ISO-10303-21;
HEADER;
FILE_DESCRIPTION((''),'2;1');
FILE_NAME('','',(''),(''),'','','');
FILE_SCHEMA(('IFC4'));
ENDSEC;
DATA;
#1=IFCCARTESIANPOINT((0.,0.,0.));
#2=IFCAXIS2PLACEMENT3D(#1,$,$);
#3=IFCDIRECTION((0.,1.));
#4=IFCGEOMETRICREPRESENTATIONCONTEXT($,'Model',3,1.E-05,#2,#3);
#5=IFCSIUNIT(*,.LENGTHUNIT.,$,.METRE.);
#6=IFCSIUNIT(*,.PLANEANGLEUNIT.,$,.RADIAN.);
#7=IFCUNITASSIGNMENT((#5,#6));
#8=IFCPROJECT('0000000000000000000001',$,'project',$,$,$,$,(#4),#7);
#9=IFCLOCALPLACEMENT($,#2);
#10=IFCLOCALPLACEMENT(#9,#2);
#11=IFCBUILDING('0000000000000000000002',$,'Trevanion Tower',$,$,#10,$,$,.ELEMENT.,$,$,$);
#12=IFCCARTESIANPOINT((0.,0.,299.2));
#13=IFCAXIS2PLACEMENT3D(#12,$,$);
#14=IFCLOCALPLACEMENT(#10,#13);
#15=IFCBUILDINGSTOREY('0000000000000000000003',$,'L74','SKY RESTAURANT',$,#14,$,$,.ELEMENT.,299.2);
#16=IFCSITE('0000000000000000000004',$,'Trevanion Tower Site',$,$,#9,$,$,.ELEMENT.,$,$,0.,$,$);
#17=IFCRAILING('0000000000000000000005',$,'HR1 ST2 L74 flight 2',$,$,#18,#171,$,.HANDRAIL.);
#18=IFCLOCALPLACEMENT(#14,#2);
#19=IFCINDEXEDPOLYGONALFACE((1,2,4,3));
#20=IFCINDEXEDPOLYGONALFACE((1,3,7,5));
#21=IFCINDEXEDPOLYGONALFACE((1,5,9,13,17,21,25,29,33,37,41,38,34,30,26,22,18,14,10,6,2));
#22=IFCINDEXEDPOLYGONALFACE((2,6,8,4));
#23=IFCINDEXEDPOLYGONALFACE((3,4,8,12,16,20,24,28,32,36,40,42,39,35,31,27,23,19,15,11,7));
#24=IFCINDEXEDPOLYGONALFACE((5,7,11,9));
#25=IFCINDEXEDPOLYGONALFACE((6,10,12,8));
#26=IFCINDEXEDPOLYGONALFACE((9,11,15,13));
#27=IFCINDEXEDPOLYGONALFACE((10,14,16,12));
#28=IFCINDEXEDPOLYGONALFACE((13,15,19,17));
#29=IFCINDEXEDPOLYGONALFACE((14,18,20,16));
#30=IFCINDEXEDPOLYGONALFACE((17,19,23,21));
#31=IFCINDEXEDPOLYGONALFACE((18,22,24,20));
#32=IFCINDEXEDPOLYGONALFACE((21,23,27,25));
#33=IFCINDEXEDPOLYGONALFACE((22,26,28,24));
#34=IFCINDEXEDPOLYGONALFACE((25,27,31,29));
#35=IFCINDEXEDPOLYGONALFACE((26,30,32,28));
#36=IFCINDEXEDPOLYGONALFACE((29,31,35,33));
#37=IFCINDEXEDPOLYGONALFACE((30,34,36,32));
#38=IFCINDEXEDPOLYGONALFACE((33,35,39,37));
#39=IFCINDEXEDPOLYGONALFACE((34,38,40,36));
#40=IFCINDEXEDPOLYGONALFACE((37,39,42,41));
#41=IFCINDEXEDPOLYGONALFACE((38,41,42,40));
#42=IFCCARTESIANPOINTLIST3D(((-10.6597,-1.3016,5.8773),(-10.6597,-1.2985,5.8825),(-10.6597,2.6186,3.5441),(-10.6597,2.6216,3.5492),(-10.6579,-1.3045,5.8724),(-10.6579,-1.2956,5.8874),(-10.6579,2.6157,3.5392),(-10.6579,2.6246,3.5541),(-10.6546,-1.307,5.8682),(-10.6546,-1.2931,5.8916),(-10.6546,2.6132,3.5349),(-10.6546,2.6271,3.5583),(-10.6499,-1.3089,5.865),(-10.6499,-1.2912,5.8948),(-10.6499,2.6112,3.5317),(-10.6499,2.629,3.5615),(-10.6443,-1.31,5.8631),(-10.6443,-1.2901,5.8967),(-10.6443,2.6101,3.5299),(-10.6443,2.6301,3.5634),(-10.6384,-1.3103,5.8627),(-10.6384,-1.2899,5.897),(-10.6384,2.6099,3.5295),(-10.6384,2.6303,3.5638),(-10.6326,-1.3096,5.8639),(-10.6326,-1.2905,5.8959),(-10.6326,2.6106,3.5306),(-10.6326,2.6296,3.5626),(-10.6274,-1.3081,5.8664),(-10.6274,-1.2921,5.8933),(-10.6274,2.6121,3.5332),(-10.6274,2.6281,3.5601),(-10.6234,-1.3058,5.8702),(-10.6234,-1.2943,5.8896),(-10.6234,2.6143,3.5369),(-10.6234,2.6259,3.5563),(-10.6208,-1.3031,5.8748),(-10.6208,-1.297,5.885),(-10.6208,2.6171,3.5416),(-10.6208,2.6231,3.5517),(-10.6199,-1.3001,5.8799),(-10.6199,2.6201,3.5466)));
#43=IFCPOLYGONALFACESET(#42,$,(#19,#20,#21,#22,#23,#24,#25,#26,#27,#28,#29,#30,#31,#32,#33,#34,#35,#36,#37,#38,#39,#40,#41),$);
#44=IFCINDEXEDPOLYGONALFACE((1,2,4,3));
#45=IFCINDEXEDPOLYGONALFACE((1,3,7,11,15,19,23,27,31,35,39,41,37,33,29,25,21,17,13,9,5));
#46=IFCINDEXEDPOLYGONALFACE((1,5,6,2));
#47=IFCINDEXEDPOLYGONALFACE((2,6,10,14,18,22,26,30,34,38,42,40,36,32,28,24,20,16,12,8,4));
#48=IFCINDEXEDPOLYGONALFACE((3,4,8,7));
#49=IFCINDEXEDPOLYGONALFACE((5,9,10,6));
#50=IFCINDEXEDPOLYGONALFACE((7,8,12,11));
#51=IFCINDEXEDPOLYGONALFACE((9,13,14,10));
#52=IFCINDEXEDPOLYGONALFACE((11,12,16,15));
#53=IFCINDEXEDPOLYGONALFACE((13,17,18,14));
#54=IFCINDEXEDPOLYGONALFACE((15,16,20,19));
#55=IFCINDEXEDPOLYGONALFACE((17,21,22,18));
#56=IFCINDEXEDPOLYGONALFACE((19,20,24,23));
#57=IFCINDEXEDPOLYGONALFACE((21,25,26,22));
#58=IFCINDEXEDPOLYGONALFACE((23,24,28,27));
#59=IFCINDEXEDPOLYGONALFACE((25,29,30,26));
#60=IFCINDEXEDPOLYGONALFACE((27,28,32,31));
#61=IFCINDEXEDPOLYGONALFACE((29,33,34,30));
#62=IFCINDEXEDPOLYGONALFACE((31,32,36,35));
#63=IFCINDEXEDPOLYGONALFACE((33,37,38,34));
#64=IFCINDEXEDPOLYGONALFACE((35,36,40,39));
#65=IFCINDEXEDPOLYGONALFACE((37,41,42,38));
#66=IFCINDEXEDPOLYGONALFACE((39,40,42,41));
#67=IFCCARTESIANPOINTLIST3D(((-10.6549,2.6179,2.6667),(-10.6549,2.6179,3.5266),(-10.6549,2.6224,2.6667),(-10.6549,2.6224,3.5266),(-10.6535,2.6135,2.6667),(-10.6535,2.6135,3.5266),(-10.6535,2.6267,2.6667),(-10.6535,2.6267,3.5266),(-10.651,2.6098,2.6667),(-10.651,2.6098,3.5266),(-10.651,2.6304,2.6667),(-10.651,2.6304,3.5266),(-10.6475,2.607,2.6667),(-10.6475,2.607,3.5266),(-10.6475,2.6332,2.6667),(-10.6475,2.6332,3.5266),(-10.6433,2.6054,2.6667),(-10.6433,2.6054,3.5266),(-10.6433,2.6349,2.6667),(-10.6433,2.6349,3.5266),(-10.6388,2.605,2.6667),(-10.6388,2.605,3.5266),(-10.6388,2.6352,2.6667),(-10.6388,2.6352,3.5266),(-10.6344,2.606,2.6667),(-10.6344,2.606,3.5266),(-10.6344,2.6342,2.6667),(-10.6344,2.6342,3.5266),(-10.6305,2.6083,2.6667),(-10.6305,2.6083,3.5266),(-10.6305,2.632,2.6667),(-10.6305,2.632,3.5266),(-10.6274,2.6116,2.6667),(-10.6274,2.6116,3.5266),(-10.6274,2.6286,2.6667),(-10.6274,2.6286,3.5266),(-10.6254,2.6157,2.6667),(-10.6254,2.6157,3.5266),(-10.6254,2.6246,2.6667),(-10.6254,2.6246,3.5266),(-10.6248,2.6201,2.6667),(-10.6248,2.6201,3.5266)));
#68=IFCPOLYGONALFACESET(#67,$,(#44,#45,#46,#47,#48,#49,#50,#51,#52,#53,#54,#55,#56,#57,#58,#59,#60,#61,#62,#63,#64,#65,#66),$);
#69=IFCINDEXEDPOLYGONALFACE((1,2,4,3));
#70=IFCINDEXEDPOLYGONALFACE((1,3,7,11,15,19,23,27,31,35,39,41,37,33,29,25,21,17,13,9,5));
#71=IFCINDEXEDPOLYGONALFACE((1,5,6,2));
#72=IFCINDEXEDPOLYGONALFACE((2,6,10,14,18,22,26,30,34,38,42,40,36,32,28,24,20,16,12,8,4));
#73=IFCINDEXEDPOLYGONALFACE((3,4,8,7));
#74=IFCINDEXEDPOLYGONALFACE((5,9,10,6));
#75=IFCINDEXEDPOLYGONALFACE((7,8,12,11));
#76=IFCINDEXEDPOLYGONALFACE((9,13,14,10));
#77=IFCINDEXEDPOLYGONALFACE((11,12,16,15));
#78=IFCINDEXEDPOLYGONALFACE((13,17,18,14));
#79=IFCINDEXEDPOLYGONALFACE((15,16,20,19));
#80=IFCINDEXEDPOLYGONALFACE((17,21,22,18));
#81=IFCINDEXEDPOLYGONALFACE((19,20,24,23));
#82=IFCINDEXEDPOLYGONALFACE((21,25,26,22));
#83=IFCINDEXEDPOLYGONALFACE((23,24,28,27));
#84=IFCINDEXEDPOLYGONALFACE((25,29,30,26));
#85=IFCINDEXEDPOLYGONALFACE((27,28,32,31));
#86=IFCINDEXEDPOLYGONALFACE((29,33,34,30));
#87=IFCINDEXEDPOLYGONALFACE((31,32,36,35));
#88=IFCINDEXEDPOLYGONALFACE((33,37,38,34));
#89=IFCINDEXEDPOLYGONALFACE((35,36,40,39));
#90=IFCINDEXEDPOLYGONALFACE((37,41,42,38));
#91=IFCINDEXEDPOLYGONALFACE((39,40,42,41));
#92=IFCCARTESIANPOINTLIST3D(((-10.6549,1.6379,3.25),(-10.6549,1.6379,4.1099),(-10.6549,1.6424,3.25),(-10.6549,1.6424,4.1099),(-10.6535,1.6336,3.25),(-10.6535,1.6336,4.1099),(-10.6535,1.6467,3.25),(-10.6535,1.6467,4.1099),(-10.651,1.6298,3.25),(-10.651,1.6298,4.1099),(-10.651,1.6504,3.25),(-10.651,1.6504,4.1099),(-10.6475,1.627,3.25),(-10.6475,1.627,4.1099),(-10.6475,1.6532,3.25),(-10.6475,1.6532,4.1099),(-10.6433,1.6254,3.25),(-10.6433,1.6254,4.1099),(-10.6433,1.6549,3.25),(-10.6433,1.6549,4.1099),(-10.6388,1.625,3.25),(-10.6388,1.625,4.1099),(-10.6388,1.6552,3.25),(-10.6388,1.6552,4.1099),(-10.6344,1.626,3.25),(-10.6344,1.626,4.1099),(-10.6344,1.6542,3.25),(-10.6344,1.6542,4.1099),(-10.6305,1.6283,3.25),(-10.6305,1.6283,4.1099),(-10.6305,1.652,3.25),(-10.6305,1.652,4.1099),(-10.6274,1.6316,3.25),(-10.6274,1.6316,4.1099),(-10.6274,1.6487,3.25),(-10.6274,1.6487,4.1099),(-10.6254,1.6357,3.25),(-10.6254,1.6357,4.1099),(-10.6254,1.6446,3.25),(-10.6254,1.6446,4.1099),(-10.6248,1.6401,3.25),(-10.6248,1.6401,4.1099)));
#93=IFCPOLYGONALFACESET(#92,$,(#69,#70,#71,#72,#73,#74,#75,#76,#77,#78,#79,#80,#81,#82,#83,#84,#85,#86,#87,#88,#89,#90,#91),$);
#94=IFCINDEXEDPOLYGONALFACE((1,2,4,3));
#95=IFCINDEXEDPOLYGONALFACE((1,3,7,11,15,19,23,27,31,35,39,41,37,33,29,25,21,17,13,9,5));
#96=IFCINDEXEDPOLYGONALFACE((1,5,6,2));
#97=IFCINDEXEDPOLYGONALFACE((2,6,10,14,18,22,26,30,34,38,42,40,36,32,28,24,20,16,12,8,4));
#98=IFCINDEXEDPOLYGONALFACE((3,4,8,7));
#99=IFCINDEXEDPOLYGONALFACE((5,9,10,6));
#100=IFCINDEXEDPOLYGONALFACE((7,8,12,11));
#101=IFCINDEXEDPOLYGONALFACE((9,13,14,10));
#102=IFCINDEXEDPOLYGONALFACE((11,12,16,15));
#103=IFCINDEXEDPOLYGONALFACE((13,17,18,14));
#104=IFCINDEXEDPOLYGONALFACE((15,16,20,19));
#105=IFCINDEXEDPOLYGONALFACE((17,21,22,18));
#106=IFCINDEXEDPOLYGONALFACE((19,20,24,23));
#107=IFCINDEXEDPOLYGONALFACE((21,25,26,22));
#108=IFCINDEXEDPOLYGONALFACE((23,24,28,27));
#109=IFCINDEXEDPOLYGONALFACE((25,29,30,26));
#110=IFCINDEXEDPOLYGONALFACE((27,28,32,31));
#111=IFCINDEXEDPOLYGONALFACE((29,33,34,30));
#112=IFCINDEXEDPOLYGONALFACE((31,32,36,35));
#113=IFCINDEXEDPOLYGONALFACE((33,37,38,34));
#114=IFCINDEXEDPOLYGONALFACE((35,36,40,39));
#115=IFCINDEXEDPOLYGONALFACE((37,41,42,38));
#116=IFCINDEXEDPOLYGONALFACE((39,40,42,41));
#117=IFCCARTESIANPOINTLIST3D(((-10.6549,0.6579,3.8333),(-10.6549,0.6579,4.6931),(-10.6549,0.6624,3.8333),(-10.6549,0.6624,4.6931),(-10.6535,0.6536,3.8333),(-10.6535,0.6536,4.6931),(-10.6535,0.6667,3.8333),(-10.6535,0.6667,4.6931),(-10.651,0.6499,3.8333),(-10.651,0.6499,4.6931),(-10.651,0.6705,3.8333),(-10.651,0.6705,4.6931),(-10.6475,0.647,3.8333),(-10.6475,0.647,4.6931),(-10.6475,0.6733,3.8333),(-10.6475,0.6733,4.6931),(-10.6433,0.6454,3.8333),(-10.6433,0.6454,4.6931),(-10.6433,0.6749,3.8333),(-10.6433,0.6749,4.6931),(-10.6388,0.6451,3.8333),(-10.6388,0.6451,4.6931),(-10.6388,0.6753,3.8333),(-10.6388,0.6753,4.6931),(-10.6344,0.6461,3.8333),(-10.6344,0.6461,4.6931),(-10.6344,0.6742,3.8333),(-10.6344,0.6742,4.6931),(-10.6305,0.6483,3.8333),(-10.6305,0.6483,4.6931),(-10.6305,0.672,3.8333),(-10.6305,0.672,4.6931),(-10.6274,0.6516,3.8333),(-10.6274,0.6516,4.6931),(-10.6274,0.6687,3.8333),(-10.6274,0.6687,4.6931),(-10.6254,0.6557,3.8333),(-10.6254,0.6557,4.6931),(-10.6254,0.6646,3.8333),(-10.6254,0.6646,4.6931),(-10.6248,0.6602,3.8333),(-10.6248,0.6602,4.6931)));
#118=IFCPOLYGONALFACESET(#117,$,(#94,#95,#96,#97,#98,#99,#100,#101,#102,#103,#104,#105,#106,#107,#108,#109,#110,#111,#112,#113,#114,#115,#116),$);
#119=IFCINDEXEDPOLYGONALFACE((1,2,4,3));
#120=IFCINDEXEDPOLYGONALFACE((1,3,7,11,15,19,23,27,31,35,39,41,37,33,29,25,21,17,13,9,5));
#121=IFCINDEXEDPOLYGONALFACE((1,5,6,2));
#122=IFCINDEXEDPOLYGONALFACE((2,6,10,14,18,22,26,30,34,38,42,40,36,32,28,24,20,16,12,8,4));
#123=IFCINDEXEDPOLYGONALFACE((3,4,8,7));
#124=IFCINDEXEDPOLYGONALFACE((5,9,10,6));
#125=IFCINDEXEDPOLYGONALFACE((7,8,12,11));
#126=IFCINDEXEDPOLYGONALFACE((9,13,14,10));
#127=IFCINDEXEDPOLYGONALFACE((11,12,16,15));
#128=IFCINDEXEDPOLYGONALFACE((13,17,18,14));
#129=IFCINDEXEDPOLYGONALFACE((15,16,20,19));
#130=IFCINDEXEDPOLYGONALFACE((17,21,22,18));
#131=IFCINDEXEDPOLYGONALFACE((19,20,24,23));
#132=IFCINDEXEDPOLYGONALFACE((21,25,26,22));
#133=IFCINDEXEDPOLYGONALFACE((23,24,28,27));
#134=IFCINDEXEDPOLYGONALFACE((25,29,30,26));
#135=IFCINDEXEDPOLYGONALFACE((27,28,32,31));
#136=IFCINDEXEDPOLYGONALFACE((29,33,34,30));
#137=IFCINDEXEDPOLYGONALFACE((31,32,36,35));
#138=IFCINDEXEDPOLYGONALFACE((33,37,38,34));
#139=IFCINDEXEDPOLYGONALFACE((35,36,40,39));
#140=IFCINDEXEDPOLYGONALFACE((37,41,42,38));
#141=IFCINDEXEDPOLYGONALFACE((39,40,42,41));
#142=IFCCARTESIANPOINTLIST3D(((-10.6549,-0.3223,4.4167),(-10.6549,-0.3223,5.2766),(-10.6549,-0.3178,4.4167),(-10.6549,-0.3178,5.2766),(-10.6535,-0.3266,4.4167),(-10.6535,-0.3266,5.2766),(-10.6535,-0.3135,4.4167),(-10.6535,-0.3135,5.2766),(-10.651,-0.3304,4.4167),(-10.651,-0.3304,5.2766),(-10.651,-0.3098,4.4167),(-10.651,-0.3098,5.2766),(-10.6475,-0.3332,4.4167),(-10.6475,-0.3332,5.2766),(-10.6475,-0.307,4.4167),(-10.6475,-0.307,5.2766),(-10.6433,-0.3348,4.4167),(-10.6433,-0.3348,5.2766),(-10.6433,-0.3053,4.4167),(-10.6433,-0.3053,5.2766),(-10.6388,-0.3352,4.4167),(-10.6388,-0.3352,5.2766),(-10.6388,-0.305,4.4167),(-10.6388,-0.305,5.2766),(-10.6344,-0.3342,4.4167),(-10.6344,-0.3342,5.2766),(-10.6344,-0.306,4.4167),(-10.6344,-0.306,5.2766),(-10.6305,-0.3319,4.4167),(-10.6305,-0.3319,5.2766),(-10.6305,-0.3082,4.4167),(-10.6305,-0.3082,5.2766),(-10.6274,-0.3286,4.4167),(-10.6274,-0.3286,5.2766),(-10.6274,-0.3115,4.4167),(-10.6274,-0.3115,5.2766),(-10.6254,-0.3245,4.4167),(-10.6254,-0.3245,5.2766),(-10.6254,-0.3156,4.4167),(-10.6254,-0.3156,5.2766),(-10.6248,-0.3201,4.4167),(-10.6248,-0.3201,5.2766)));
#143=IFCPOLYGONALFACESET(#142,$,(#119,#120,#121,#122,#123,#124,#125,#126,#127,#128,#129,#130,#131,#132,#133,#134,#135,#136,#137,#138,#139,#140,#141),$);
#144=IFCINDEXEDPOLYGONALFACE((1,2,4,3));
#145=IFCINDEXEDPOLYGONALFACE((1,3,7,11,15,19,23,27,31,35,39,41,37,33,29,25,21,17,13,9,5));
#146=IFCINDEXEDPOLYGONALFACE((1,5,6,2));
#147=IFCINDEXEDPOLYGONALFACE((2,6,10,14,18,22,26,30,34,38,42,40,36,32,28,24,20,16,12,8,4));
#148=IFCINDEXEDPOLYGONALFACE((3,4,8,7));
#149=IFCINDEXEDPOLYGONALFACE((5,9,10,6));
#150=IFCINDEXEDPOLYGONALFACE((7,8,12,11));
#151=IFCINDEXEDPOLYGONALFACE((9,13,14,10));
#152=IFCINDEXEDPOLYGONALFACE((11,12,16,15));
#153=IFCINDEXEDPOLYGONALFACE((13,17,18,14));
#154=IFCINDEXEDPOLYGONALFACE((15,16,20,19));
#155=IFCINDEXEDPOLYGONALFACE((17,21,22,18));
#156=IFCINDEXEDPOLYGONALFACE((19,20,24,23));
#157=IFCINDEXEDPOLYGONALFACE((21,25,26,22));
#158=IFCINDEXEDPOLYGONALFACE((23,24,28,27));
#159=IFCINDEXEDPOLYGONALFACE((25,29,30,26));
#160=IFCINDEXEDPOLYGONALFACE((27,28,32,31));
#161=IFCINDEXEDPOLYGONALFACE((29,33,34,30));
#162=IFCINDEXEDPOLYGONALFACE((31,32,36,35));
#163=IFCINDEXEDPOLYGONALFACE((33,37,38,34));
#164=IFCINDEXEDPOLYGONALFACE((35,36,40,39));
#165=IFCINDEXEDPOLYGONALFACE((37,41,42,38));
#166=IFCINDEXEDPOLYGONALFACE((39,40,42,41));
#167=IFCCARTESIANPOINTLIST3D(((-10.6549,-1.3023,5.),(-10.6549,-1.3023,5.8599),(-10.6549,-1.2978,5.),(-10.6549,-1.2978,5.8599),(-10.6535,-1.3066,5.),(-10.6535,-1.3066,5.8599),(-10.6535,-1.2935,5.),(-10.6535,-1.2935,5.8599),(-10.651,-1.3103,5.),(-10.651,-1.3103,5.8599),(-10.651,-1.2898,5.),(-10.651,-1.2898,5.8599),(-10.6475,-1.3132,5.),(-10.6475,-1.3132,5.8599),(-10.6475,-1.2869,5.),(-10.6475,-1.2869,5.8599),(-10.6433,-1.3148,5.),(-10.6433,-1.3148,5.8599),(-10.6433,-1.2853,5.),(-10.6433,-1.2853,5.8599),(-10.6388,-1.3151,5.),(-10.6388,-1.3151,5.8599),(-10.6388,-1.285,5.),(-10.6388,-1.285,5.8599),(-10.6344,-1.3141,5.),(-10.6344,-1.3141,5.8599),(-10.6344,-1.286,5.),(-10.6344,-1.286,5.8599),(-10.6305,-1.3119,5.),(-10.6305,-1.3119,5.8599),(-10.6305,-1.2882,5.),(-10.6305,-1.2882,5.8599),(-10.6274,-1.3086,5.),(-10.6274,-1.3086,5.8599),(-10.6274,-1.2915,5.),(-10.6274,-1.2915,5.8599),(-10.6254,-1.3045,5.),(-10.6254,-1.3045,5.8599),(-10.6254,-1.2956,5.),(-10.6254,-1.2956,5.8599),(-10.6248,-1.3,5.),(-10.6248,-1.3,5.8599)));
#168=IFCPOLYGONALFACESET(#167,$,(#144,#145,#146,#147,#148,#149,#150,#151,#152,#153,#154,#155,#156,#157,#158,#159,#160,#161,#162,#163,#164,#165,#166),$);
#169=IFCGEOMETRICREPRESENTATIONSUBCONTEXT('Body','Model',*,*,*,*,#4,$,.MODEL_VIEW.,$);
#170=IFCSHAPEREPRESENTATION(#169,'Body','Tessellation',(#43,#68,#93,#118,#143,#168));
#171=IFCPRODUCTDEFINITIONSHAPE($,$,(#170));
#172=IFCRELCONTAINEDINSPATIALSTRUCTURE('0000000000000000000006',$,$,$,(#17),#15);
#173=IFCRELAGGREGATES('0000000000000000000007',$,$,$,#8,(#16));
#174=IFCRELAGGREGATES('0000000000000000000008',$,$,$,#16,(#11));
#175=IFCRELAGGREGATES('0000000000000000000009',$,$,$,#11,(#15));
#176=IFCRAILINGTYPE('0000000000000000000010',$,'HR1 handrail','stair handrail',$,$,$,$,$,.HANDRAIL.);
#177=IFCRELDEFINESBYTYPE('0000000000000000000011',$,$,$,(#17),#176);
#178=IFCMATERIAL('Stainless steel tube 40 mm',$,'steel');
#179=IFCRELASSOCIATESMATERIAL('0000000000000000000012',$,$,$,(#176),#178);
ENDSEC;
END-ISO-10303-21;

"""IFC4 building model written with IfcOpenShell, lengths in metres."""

from ifc_helpers import new_model, si_unit, direction, frame, origin, origin_2d, place, context, subcontext, project, spatial, circle, extrude, material, type_object, element, save


model = new_model("IFC4")

# Units and contexts
model_context = context("Model", 3, precision=1e-05, world=origin(), true_north=direction((0.0, 1.0)))
body_context = subcontext(model_context, "Body", "Model", "MODEL_VIEW")
ifc_project = project(units=[si_unit("LENGTHUNIT", "METRE"), si_unit("PLANEANGLEUNIT", "RADIAN")], contexts=[model_context])

# Site, building, storey
site_placement = place(None, origin())
site = spatial("IfcSite", under=ifc_project, at=site_placement, Name="Trevanion Tower Site", CompositionType="ELEMENT", RefElevation=0.0)
building_placement = place(site_placement, origin())
building = spatial("IfcBuilding", under=site, at=building_placement, Name="Trevanion Tower", CompositionType="ELEMENT")
storey_placement = place(building_placement, frame((0.0, 0.0, 299.2)))
storey = spatial("IfcBuildingStorey", under=building, at=storey_placement, Name="L74", Description="SKY RESTAURANT", CompositionType="ELEMENT", Elevation=299.2)

# Railing
ifc_material_1 = material(Name="Stainless steel tube 40 mm", Category="steel")
railing_type = type_object("IfcRailingType", Name="HR1 handrail", Description="stair handrail", PredefinedType="HANDRAIL", material=ifc_material_1)
for number, where, name in (
    (1, (-10.6399, 2.6201, 2.6667), "HR1 ST2 L74 flight 2"),
):
    element("IfcRailing", number, at=place(storey_placement, frame(where)), inside=storey, type_object=railing_type, Name=name, PredefinedType="HANDRAIL", context=body_context, shape_type="SweptSolid", body=[
        extrude(circle(Radius=0.02, at=origin_2d()), frame((0.0, 0.0, 0.8799), z_axis=(0.0, -0.85931, 0.511455), x_axis=(1.0, 0.0, 0.0)), (0.0, 0.0, 1.0), 4.562),
        extrude(circle(Radius=0.0151, at=origin_2d()), origin(), (0.0, 0.0, 1.0), 0.8599),
        extrude(circle(Radius=0.0151, at=origin_2d()), frame((0.0, -0.98, 0.5833)), (0.0, 0.0, 1.0), 0.8599),
        extrude(circle(Radius=0.0151, at=origin_2d()), frame((0.0, -1.96, 1.1665)), (0.0, 0.0, 1.0), 0.8599),
        extrude(circle(Radius=0.0151, at=origin_2d()), frame((0.0, -2.9402, 1.75)), (0.0, 0.0, 1.0), 0.8599),
        extrude(circle(Radius=0.0151, at=origin_2d()), frame((0.0, -3.9202, 2.3333)), (0.0, 0.0, 1.0), 0.8599),
    ])

save(model, "model.ifc")
